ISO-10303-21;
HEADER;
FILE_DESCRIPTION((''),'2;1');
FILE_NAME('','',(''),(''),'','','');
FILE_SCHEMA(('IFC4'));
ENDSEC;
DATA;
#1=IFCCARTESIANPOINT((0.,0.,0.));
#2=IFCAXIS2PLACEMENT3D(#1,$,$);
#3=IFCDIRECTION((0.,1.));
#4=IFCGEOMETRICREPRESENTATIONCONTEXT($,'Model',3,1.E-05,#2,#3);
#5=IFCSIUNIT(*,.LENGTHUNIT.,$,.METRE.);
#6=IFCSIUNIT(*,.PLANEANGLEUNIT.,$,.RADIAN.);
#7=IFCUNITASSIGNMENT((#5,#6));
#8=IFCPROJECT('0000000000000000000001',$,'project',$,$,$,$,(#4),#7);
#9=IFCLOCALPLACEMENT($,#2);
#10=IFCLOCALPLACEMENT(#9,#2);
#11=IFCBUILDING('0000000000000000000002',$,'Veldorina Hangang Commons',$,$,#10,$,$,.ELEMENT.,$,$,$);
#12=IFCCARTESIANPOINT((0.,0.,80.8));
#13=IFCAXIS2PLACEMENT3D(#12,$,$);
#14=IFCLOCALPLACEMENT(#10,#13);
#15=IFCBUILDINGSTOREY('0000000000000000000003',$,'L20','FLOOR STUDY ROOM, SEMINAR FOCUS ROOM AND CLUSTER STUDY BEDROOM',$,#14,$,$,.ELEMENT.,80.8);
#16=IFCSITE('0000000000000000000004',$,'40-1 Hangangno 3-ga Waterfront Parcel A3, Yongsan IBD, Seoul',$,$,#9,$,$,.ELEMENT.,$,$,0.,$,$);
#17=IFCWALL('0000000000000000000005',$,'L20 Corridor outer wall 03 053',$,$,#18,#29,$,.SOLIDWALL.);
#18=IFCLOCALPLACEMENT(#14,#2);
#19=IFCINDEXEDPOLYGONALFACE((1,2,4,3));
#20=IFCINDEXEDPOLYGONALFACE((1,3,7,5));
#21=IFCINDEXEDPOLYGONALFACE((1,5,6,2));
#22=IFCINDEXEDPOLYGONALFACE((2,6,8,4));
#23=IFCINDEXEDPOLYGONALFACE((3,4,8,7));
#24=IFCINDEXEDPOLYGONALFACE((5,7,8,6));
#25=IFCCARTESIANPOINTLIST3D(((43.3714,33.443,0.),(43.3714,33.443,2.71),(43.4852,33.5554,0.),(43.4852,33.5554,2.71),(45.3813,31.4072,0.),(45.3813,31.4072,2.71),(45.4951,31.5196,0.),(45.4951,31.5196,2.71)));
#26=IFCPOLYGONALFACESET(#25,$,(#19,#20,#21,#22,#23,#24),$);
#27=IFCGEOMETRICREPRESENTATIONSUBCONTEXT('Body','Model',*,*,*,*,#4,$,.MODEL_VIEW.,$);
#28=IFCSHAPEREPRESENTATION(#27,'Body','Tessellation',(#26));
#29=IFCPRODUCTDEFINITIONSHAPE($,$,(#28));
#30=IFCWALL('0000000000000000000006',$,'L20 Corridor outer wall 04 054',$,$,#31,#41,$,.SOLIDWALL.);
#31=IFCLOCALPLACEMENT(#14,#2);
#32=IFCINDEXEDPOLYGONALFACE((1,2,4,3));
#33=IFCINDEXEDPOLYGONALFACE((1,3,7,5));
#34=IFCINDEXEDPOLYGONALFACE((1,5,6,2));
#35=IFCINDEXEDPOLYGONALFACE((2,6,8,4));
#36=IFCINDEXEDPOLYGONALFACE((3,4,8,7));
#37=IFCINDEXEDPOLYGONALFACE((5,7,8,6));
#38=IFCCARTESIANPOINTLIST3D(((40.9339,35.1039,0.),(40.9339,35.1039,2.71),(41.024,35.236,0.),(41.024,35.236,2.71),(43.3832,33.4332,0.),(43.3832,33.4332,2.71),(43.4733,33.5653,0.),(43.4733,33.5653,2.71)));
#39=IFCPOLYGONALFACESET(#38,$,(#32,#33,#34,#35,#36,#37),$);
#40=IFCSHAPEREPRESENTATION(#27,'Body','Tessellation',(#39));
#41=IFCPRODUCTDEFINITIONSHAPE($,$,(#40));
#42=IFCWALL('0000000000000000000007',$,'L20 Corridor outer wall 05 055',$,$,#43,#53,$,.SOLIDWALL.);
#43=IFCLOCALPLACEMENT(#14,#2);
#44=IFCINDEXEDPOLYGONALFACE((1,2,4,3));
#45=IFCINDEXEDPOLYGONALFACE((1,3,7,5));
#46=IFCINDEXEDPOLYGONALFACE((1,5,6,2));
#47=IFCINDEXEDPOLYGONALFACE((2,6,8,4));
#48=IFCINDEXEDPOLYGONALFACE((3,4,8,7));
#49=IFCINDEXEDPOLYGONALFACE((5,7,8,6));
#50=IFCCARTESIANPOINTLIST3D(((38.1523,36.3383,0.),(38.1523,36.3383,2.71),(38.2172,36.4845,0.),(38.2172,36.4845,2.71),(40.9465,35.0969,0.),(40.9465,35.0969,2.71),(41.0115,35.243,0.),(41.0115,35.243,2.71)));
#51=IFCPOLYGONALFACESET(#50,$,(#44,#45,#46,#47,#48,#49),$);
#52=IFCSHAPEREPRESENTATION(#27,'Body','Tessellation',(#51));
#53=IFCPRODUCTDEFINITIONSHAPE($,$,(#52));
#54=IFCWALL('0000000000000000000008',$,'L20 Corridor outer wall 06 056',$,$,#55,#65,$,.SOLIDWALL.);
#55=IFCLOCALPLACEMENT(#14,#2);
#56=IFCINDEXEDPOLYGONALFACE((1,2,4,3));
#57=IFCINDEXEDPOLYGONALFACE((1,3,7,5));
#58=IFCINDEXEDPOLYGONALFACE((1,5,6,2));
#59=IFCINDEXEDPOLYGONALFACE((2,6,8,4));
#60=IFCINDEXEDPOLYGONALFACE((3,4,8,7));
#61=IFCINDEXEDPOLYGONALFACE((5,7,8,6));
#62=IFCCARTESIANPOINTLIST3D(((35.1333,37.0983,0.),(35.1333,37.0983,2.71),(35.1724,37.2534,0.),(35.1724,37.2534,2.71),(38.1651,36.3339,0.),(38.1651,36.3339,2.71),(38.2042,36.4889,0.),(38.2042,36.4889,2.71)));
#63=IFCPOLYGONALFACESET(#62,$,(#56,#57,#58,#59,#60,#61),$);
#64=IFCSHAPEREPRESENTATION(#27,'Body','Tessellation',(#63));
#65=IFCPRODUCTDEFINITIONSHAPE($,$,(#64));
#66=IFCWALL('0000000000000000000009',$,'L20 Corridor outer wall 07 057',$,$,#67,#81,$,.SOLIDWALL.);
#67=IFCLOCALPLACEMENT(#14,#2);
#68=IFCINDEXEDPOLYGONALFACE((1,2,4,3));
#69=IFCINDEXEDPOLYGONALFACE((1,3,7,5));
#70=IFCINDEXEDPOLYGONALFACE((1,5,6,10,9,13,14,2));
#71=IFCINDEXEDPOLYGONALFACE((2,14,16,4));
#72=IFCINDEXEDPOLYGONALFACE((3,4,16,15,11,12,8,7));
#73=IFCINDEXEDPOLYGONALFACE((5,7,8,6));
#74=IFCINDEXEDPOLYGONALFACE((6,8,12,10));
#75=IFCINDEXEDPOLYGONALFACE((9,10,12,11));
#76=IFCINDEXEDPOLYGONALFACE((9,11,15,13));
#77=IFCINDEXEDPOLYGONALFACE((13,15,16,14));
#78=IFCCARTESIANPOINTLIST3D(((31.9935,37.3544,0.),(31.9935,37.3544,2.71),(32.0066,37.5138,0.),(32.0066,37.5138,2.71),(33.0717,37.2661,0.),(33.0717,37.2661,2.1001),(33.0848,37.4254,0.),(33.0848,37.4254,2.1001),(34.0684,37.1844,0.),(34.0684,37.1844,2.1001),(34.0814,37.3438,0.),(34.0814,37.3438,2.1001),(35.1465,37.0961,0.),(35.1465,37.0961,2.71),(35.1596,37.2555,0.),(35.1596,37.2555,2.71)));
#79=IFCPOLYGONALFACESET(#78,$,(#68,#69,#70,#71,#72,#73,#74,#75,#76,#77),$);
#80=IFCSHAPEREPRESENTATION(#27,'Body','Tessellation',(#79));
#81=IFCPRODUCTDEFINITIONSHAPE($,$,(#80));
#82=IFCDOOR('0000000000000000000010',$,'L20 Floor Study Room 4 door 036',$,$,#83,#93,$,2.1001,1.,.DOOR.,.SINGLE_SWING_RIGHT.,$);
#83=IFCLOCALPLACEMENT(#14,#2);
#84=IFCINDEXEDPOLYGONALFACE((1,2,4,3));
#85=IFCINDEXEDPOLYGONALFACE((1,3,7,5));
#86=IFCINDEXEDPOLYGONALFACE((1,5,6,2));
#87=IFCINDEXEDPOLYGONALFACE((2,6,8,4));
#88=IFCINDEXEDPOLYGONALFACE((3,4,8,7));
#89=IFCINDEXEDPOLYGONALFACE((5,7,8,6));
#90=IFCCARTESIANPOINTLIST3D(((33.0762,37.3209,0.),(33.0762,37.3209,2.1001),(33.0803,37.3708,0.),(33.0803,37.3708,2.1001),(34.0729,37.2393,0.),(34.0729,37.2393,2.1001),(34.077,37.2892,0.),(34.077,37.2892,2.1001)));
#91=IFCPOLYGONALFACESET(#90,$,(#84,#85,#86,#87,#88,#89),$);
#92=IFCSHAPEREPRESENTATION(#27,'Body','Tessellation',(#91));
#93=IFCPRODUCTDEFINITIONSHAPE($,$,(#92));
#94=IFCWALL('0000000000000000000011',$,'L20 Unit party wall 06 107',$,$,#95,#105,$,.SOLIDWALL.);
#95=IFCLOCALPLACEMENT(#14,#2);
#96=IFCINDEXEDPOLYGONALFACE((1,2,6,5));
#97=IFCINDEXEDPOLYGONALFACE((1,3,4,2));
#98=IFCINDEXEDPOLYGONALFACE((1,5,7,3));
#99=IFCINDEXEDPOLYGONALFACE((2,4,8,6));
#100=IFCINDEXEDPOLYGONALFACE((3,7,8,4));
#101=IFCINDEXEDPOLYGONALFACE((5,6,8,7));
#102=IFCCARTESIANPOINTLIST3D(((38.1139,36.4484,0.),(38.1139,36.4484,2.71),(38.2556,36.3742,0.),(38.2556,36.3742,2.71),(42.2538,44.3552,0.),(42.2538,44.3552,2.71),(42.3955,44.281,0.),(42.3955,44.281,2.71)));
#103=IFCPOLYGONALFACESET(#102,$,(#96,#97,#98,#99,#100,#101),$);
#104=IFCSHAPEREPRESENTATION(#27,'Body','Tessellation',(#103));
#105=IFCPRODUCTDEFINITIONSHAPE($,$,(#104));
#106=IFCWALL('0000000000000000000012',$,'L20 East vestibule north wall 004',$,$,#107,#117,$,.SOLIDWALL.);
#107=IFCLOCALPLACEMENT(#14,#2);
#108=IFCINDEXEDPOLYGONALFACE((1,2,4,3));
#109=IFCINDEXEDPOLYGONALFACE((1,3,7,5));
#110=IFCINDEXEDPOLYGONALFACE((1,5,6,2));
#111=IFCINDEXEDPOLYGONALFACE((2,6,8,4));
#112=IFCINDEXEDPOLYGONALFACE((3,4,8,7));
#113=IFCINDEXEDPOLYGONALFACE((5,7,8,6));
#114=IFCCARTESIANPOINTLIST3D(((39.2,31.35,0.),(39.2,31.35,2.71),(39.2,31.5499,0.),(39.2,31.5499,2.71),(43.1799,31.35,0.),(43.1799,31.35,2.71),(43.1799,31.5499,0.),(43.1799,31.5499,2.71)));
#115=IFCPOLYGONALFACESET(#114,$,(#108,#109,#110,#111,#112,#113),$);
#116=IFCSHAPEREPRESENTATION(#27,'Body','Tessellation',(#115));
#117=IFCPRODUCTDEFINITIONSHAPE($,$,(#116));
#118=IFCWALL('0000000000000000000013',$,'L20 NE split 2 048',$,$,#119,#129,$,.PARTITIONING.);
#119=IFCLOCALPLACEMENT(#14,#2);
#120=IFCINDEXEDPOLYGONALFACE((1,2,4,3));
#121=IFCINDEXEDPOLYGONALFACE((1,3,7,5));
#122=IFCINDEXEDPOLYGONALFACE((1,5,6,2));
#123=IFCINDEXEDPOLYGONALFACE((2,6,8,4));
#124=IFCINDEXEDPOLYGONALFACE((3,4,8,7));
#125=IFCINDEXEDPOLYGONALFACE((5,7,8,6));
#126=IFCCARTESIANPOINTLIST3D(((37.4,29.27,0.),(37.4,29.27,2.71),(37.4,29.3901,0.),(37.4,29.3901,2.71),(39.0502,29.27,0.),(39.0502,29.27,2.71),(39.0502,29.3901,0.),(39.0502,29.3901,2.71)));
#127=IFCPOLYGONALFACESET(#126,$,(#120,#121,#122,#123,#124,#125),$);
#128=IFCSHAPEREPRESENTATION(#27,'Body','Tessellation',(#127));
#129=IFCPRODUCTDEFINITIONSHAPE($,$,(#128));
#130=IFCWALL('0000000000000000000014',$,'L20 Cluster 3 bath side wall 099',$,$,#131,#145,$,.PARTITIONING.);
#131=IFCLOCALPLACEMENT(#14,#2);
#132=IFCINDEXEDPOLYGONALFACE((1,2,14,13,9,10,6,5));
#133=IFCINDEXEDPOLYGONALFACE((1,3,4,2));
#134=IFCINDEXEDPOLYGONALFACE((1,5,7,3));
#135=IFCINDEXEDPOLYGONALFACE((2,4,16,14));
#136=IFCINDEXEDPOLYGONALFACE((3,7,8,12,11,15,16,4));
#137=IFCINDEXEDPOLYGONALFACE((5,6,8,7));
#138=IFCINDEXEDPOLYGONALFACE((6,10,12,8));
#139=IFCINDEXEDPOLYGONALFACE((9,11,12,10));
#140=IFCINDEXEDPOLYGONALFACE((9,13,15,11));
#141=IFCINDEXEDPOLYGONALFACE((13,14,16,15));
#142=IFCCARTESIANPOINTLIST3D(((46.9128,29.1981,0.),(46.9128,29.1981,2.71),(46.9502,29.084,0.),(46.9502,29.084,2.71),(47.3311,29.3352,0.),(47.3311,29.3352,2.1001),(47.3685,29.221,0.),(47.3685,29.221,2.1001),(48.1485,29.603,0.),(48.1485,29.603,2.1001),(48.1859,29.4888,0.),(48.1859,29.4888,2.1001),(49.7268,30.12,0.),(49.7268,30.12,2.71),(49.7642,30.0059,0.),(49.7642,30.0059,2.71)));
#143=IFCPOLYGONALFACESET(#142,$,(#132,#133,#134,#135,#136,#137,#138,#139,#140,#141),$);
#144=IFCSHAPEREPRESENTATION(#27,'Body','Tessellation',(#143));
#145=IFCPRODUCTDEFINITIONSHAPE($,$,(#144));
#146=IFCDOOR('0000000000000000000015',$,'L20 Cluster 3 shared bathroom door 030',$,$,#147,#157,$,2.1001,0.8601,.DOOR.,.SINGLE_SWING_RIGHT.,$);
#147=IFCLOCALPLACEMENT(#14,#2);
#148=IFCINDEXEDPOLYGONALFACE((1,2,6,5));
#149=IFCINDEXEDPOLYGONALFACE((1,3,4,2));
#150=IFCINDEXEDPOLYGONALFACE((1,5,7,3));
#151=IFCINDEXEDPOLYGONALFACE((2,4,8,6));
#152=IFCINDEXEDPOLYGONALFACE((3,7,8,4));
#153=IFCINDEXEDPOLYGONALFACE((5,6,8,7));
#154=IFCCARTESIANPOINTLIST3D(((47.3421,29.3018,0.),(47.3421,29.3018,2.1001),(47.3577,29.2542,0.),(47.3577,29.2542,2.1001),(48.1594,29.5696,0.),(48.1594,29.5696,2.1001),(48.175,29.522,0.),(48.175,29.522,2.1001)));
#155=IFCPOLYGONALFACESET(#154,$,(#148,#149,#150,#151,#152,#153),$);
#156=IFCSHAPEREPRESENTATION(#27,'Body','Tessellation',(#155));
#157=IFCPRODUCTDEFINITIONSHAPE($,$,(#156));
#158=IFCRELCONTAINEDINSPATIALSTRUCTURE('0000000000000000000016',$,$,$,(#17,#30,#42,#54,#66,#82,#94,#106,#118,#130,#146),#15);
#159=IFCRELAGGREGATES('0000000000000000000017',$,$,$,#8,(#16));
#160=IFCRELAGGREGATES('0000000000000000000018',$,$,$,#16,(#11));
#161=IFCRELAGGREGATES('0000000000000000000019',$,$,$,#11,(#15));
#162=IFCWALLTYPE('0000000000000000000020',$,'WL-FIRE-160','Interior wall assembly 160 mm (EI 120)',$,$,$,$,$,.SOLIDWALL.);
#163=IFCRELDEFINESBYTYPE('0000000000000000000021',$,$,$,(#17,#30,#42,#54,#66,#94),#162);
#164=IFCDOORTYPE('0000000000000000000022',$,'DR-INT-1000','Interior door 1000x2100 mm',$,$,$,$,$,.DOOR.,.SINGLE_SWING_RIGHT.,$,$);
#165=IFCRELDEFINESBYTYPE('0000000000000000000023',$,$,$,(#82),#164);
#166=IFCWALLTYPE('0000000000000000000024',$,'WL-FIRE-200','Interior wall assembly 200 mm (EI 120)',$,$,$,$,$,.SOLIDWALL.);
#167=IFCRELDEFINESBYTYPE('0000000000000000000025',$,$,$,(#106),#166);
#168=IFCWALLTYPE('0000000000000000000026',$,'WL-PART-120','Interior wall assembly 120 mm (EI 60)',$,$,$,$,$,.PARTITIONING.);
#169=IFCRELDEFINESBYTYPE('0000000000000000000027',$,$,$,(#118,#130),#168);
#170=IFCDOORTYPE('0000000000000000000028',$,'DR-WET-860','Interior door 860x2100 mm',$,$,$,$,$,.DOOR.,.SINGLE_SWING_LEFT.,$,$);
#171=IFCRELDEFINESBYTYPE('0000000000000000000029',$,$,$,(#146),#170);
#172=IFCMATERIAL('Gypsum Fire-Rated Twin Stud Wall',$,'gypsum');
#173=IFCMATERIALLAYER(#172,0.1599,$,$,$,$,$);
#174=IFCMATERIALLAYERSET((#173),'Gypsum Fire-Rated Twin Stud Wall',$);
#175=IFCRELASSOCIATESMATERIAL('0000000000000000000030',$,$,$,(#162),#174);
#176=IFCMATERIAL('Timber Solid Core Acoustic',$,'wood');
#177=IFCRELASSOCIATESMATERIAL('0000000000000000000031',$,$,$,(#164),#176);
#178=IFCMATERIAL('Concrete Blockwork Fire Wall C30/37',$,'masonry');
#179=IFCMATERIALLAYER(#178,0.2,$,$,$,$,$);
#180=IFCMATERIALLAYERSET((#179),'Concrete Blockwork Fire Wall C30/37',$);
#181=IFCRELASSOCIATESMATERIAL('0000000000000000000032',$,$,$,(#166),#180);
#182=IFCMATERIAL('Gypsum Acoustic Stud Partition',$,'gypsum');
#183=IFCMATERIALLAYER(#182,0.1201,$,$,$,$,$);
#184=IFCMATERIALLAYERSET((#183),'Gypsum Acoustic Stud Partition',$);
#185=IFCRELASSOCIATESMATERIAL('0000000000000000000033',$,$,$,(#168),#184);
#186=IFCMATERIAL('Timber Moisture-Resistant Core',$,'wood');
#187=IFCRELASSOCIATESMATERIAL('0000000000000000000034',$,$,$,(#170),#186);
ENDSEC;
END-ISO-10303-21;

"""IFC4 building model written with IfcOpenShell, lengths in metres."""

from ifc_helpers import new_model, si_unit, direction, frame, frame_2d, origin, place, context, subcontext, project, spatial, rectangle, extrude, material, layer, layer_set, type_object, element, fill, save


model = new_model("IFC4")

# Units and contexts
model_context = context("Model", 3, precision=1e-05, world=origin(), true_north=direction((0.0, 1.0)))
body_context = subcontext(model_context, "Body", "Model", "MODEL_VIEW")
ifc_project = project(units=[si_unit("LENGTHUNIT", "METRE"), si_unit("PLANEANGLEUNIT", "RADIAN")], contexts=[model_context])

# Site, building, storey
site_placement = place(None, origin())
site = spatial("IfcSite", under=ifc_project, at=site_placement, Name="40-1 Hangangno 3-ga Waterfront Parcel A3, Yongsan IBD, Seoul", CompositionType="ELEMENT", RefElevation=0.0)
building_placement = place(site_placement, origin())
building = spatial("IfcBuilding", under=site, at=building_placement, Name="Veldorina Hangang Commons", CompositionType="ELEMENT")
storey_placement = place(building_placement, frame((0.0, 0.0, 80.8)))
storey = spatial("IfcBuildingStorey", under=building, at=storey_placement, Name="L20", Description="FLOOR STUDY ROOM, SEMINAR FOCUS ROOM AND CLUSTER STUDY BEDROOM", CompositionType="ELEMENT", Elevation=80.8)

# Walls
ifc_material_1 = material(Name="Gypsum Fire-Rated Twin Stud Wall", Category="gypsum")
ifc_layer_1 = layer(ifc_material_1, 0.1599)
ifc_layer_set_1 = layer_set([ifc_layer_1], Name="Gypsum Fire-Rated Twin Stud Wall")
wall_type_1 = type_object("IfcWallType", Name="WL-FIRE-160", Description="Interior wall assembly 160 mm (EI 120)", PredefinedType="SOLIDWALL", material=ifc_layer_set_1)
wall_1_placement = place(storey_placement, frame((45.4382, 31.4634, 0.0), z_axis=(0.0, 0.0, 1.0), x_axis=(-0.70257, 0.711615, 0.0)))
element("IfcWall", 1, at=wall_1_placement, inside=storey, type_object=wall_type_1, Name="L20 Corridor outer wall 03 053", PredefinedType="SOLIDWALL", context=body_context, shape_type="SweptSolid", body=[
    extrude(rectangle(XDim=2.8608, YDim=0.1599, at=frame_2d((1.4304, 0.0))), origin(), (0.0, 0.0, 1.0), 2.71),
])
wall_2_placement = place(storey_placement, frame((43.4282, 33.4993, 0.0), z_axis=(0.0, 0.0, 1.0), x_axis=(-0.826112, 0.563505, 0.0)))
element("IfcWall", 2, at=wall_2_placement, inside=storey, type_object=wall_type_1, Name="L20 Corridor outer wall 04 054", PredefinedType="SOLIDWALL", context=body_context, shape_type="SweptSolid", body=[
    extrude(rectangle(XDim=2.9648, YDim=0.1599, at=frame_2d((1.4824, 0.0))), origin(), (0.0, 0.0, 1.0), 2.71),
])
wall_3_placement = place(storey_placement, frame((40.979, 35.1699, 0.0), z_axis=(0.0, 0.0, 1.0), x_axis=(-0.913861, 0.406027, 0.0)))
element("IfcWall", 3, at=wall_3_placement, inside=storey, type_object=wall_type_1, Name="L20 Corridor outer wall 05 055", PredefinedType="SOLIDWALL", context=body_context, shape_type="SweptSolid", body=[
    extrude(rectangle(XDim=3.0576, YDim=0.1599, at=frame_2d((1.5288, 0.0))), origin(), (0.0, 0.0, 1.0), 2.71),
])
wall_4_placement = place(storey_placement, frame((38.1848, 36.4114, 0.0), z_axis=(0.0, 0.0, 1.0), x_axis=(-0.969654, 0.244483, 0.0)))
element("IfcWall", 4, at=wall_4_placement, inside=storey, type_object=wall_type_1, Name="L20 Corridor outer wall 06 056", PredefinedType="SOLIDWALL", context=body_context, shape_type="SweptSolid", body=[
    extrude(rectangle(XDim=3.1267, YDim=0.1599, at=frame_2d((1.5635, 0.0))), origin(), (0.0, 0.0, 1.0), 2.71),
])

# Wall, opening, door
wall_5_placement = place(storey_placement, frame((35.1531, 37.1758, 0.0), z_axis=(0.0, 0.0, 1.0), x_axis=(-0.996661, 0.081647, 0.0)))
wall_5 = element("IfcWall", 5, at=wall_5_placement, inside=storey, type_object=wall_type_1, Name="L20 Corridor outer wall 07 057", PredefinedType="SOLIDWALL", context=body_context, shape_type="SweptSolid", body=[
    extrude(rectangle(XDim=3.1636, YDim=0.1599, at=frame_2d((1.5818, 0.0))), origin(), (0.0, 0.0, 1.0), 2.71),
])
opening_1_placement = place(wall_5_placement, frame((1.0818, 0.0, 0.0)))
opening_1 = element("IfcOpeningElement", 6, at=opening_1_placement, cuts=wall_5, PredefinedType="OPENING", context=body_context, shape_type="SweptSolid", body=[
    extrude(rectangle(XDim=1.0, YDim=2.1001, at=frame_2d((0.5, 1.05))), frame((0.0, 0.0898, 0.0), z_axis=(0.0, -1.0, 0.0), x_axis=(1.0, 0.0, 0.0)), (0.0, 0.0, 1.0), 0.1799),
])
ifc_material_2 = material(Name="Timber Solid Core Acoustic", Category="wood")
door_type_1 = type_object("IfcDoorType", Name="DR-INT-1000", Description="Interior door 1000x2100 mm", OperationType="SINGLE_SWING_RIGHT", PredefinedType="DOOR", material=ifc_material_2)
door_1_placement = place(opening_1_placement, origin())
door_1 = element("IfcDoor", 7, at=door_1_placement, inside=storey, type_object=door_type_1, Name="L20 Floor Study Room 4 door 036", OperationType="SINGLE_SWING_RIGHT", OverallHeight=2.1001, OverallWidth=1.0, PredefinedType="DOOR", context=body_context, shape_type="SweptSolid", body=[
    extrude(rectangle(XDim=1.0, YDim=2.1001, at=frame_2d((0.5, 1.05))), frame((0.0, 0.0249, 0.0), z_axis=(0.0, -1.0, 0.0), x_axis=(1.0, 0.0, 0.0)), (0.0, 0.0, 1.0), 0.05),
])
fill(opening_1, door_1)

# Walls
wall_6_placement = place(storey_placement, frame((38.1848, 36.4114, 0.0), z_axis=(0.0, 0.0, 1.0), x_axis=(0.463855, 0.885911, 0.0)))
element("IfcWall", 8, at=wall_6_placement, inside=storey, type_object=wall_type_1, Name="L20 Unit party wall 06 107", PredefinedType="SOLIDWALL", context=body_context, shape_type="SweptSolid", body=[
    extrude(rectangle(XDim=8.925, YDim=0.1599, at=frame_2d((4.4624, 0.0))), origin(), (0.0, 0.0, 1.0), 2.71),
])
ifc_material_3 = material(Name="Concrete Blockwork Fire Wall C30/37", Category="masonry")
ifc_layer_2 = layer(ifc_material_3, 0.2)
ifc_layer_set_2 = layer_set([ifc_layer_2], Name="Concrete Blockwork Fire Wall C30/37")
wall_type_2 = type_object("IfcWallType", Name="WL-FIRE-200", Description="Interior wall assembly 200 mm (EI 120)", PredefinedType="SOLIDWALL", material=ifc_layer_set_2)
wall_7_placement = place(storey_placement, frame((39.2, 31.45, 0.0), z_axis=(0.0, 0.0, 1.0), x_axis=(1.0, 0.0, 0.0)))
element("IfcWall", 9, at=wall_7_placement, inside=storey, type_object=wall_type_2, Name="L20 East vestibule north wall 004", PredefinedType="SOLIDWALL", context=body_context, shape_type="SweptSolid", body=[
    extrude(rectangle(XDim=3.98, YDim=0.2, at=frame_2d((1.99, 0.0))), origin(), (0.0, 0.0, 1.0), 2.71),
])
ifc_material_4 = material(Name="Gypsum Acoustic Stud Partition", Category="gypsum")
ifc_layer_3 = layer(ifc_material_4, 0.1201)
ifc_layer_set_3 = layer_set([ifc_layer_3], Name="Gypsum Acoustic Stud Partition")
wall_type_3 = type_object("IfcWallType", Name="WL-PART-120", Description="Interior wall assembly 120 mm (EI 60)", PredefinedType="PARTITIONING", material=ifc_layer_set_3)
wall_8_placement = place(storey_placement, frame((37.3999, 29.3301, 0.0), z_axis=(0.0, 0.0, 1.0), x_axis=(1.0, 0.0, 0.0)))
element("IfcWall", 10, at=wall_8_placement, inside=storey, type_object=wall_type_3, Name="L20 NE split 2 048", PredefinedType="PARTITIONING", context=body_context, shape_type="SweptSolid", body=[
    extrude(rectangle(XDim=1.6501, YDim=0.1201, at=frame_2d((0.8252, 0.0))), origin(), (0.0, 0.0, 1.0), 2.71),
])

# Wall, opening, door
wall_9_placement = place(storey_placement, frame((46.9316, 29.1411, 0.0), z_axis=(0.0, 0.0, 1.0), x_axis=(0.950303, 0.311326, 0.0)))
wall_9 = element("IfcWall", 11, at=wall_9_placement, inside=storey, type_object=wall_type_3, Name="L20 Cluster 3 bath side wall 099", PredefinedType="PARTITIONING", context=body_context, shape_type="SweptSolid", body=[
    extrude(rectangle(XDim=2.9612, YDim=0.1201, at=frame_2d((1.4805, 0.0))), origin(), (0.0, 0.0, 1.0), 2.71),
])
opening_2_placement = place(wall_9_placement, frame((0.4399, 0.0, 0.0)))
opening_2 = element("IfcOpeningElement", 12, at=opening_2_placement, cuts=wall_9, PredefinedType="OPENING", context=body_context, shape_type="SweptSolid", body=[
    extrude(rectangle(XDim=0.8601, YDim=2.1001, at=frame_2d((0.4302, 1.05))), frame((0.0, 0.0701, 0.0), z_axis=(0.0, -1.0, 0.0), x_axis=(1.0, 0.0, 0.0)), (0.0, 0.0, 1.0), 0.1401),
])
ifc_material_5 = material(Name="Timber Moisture-Resistant Core", Category="wood")
door_type_2 = type_object("IfcDoorType", Name="DR-WET-860", Description="Interior door 860x2100 mm", OperationType="SINGLE_SWING_LEFT", PredefinedType="DOOR", material=ifc_material_5)
door_2_placement = place(opening_2_placement, origin())
door_2 = element("IfcDoor", 13, at=door_2_placement, inside=storey, type_object=door_type_2, Name="L20 Cluster 3 shared bathroom door 030", OperationType="SINGLE_SWING_RIGHT", OverallHeight=2.1001, OverallWidth=0.8601, PredefinedType="DOOR", context=body_context, shape_type="SweptSolid", body=[
    extrude(rectangle(XDim=0.8601, YDim=2.1001, at=frame_2d((0.4302, 1.05))), frame((0.0, 0.0249, 0.0), z_axis=(0.0, -1.0, 0.0), x_axis=(1.0, 0.0, 0.0)), (0.0, 0.0, 1.0), 0.05),
])
fill(opening_2, door_2)

save(model, "model.ifc")
